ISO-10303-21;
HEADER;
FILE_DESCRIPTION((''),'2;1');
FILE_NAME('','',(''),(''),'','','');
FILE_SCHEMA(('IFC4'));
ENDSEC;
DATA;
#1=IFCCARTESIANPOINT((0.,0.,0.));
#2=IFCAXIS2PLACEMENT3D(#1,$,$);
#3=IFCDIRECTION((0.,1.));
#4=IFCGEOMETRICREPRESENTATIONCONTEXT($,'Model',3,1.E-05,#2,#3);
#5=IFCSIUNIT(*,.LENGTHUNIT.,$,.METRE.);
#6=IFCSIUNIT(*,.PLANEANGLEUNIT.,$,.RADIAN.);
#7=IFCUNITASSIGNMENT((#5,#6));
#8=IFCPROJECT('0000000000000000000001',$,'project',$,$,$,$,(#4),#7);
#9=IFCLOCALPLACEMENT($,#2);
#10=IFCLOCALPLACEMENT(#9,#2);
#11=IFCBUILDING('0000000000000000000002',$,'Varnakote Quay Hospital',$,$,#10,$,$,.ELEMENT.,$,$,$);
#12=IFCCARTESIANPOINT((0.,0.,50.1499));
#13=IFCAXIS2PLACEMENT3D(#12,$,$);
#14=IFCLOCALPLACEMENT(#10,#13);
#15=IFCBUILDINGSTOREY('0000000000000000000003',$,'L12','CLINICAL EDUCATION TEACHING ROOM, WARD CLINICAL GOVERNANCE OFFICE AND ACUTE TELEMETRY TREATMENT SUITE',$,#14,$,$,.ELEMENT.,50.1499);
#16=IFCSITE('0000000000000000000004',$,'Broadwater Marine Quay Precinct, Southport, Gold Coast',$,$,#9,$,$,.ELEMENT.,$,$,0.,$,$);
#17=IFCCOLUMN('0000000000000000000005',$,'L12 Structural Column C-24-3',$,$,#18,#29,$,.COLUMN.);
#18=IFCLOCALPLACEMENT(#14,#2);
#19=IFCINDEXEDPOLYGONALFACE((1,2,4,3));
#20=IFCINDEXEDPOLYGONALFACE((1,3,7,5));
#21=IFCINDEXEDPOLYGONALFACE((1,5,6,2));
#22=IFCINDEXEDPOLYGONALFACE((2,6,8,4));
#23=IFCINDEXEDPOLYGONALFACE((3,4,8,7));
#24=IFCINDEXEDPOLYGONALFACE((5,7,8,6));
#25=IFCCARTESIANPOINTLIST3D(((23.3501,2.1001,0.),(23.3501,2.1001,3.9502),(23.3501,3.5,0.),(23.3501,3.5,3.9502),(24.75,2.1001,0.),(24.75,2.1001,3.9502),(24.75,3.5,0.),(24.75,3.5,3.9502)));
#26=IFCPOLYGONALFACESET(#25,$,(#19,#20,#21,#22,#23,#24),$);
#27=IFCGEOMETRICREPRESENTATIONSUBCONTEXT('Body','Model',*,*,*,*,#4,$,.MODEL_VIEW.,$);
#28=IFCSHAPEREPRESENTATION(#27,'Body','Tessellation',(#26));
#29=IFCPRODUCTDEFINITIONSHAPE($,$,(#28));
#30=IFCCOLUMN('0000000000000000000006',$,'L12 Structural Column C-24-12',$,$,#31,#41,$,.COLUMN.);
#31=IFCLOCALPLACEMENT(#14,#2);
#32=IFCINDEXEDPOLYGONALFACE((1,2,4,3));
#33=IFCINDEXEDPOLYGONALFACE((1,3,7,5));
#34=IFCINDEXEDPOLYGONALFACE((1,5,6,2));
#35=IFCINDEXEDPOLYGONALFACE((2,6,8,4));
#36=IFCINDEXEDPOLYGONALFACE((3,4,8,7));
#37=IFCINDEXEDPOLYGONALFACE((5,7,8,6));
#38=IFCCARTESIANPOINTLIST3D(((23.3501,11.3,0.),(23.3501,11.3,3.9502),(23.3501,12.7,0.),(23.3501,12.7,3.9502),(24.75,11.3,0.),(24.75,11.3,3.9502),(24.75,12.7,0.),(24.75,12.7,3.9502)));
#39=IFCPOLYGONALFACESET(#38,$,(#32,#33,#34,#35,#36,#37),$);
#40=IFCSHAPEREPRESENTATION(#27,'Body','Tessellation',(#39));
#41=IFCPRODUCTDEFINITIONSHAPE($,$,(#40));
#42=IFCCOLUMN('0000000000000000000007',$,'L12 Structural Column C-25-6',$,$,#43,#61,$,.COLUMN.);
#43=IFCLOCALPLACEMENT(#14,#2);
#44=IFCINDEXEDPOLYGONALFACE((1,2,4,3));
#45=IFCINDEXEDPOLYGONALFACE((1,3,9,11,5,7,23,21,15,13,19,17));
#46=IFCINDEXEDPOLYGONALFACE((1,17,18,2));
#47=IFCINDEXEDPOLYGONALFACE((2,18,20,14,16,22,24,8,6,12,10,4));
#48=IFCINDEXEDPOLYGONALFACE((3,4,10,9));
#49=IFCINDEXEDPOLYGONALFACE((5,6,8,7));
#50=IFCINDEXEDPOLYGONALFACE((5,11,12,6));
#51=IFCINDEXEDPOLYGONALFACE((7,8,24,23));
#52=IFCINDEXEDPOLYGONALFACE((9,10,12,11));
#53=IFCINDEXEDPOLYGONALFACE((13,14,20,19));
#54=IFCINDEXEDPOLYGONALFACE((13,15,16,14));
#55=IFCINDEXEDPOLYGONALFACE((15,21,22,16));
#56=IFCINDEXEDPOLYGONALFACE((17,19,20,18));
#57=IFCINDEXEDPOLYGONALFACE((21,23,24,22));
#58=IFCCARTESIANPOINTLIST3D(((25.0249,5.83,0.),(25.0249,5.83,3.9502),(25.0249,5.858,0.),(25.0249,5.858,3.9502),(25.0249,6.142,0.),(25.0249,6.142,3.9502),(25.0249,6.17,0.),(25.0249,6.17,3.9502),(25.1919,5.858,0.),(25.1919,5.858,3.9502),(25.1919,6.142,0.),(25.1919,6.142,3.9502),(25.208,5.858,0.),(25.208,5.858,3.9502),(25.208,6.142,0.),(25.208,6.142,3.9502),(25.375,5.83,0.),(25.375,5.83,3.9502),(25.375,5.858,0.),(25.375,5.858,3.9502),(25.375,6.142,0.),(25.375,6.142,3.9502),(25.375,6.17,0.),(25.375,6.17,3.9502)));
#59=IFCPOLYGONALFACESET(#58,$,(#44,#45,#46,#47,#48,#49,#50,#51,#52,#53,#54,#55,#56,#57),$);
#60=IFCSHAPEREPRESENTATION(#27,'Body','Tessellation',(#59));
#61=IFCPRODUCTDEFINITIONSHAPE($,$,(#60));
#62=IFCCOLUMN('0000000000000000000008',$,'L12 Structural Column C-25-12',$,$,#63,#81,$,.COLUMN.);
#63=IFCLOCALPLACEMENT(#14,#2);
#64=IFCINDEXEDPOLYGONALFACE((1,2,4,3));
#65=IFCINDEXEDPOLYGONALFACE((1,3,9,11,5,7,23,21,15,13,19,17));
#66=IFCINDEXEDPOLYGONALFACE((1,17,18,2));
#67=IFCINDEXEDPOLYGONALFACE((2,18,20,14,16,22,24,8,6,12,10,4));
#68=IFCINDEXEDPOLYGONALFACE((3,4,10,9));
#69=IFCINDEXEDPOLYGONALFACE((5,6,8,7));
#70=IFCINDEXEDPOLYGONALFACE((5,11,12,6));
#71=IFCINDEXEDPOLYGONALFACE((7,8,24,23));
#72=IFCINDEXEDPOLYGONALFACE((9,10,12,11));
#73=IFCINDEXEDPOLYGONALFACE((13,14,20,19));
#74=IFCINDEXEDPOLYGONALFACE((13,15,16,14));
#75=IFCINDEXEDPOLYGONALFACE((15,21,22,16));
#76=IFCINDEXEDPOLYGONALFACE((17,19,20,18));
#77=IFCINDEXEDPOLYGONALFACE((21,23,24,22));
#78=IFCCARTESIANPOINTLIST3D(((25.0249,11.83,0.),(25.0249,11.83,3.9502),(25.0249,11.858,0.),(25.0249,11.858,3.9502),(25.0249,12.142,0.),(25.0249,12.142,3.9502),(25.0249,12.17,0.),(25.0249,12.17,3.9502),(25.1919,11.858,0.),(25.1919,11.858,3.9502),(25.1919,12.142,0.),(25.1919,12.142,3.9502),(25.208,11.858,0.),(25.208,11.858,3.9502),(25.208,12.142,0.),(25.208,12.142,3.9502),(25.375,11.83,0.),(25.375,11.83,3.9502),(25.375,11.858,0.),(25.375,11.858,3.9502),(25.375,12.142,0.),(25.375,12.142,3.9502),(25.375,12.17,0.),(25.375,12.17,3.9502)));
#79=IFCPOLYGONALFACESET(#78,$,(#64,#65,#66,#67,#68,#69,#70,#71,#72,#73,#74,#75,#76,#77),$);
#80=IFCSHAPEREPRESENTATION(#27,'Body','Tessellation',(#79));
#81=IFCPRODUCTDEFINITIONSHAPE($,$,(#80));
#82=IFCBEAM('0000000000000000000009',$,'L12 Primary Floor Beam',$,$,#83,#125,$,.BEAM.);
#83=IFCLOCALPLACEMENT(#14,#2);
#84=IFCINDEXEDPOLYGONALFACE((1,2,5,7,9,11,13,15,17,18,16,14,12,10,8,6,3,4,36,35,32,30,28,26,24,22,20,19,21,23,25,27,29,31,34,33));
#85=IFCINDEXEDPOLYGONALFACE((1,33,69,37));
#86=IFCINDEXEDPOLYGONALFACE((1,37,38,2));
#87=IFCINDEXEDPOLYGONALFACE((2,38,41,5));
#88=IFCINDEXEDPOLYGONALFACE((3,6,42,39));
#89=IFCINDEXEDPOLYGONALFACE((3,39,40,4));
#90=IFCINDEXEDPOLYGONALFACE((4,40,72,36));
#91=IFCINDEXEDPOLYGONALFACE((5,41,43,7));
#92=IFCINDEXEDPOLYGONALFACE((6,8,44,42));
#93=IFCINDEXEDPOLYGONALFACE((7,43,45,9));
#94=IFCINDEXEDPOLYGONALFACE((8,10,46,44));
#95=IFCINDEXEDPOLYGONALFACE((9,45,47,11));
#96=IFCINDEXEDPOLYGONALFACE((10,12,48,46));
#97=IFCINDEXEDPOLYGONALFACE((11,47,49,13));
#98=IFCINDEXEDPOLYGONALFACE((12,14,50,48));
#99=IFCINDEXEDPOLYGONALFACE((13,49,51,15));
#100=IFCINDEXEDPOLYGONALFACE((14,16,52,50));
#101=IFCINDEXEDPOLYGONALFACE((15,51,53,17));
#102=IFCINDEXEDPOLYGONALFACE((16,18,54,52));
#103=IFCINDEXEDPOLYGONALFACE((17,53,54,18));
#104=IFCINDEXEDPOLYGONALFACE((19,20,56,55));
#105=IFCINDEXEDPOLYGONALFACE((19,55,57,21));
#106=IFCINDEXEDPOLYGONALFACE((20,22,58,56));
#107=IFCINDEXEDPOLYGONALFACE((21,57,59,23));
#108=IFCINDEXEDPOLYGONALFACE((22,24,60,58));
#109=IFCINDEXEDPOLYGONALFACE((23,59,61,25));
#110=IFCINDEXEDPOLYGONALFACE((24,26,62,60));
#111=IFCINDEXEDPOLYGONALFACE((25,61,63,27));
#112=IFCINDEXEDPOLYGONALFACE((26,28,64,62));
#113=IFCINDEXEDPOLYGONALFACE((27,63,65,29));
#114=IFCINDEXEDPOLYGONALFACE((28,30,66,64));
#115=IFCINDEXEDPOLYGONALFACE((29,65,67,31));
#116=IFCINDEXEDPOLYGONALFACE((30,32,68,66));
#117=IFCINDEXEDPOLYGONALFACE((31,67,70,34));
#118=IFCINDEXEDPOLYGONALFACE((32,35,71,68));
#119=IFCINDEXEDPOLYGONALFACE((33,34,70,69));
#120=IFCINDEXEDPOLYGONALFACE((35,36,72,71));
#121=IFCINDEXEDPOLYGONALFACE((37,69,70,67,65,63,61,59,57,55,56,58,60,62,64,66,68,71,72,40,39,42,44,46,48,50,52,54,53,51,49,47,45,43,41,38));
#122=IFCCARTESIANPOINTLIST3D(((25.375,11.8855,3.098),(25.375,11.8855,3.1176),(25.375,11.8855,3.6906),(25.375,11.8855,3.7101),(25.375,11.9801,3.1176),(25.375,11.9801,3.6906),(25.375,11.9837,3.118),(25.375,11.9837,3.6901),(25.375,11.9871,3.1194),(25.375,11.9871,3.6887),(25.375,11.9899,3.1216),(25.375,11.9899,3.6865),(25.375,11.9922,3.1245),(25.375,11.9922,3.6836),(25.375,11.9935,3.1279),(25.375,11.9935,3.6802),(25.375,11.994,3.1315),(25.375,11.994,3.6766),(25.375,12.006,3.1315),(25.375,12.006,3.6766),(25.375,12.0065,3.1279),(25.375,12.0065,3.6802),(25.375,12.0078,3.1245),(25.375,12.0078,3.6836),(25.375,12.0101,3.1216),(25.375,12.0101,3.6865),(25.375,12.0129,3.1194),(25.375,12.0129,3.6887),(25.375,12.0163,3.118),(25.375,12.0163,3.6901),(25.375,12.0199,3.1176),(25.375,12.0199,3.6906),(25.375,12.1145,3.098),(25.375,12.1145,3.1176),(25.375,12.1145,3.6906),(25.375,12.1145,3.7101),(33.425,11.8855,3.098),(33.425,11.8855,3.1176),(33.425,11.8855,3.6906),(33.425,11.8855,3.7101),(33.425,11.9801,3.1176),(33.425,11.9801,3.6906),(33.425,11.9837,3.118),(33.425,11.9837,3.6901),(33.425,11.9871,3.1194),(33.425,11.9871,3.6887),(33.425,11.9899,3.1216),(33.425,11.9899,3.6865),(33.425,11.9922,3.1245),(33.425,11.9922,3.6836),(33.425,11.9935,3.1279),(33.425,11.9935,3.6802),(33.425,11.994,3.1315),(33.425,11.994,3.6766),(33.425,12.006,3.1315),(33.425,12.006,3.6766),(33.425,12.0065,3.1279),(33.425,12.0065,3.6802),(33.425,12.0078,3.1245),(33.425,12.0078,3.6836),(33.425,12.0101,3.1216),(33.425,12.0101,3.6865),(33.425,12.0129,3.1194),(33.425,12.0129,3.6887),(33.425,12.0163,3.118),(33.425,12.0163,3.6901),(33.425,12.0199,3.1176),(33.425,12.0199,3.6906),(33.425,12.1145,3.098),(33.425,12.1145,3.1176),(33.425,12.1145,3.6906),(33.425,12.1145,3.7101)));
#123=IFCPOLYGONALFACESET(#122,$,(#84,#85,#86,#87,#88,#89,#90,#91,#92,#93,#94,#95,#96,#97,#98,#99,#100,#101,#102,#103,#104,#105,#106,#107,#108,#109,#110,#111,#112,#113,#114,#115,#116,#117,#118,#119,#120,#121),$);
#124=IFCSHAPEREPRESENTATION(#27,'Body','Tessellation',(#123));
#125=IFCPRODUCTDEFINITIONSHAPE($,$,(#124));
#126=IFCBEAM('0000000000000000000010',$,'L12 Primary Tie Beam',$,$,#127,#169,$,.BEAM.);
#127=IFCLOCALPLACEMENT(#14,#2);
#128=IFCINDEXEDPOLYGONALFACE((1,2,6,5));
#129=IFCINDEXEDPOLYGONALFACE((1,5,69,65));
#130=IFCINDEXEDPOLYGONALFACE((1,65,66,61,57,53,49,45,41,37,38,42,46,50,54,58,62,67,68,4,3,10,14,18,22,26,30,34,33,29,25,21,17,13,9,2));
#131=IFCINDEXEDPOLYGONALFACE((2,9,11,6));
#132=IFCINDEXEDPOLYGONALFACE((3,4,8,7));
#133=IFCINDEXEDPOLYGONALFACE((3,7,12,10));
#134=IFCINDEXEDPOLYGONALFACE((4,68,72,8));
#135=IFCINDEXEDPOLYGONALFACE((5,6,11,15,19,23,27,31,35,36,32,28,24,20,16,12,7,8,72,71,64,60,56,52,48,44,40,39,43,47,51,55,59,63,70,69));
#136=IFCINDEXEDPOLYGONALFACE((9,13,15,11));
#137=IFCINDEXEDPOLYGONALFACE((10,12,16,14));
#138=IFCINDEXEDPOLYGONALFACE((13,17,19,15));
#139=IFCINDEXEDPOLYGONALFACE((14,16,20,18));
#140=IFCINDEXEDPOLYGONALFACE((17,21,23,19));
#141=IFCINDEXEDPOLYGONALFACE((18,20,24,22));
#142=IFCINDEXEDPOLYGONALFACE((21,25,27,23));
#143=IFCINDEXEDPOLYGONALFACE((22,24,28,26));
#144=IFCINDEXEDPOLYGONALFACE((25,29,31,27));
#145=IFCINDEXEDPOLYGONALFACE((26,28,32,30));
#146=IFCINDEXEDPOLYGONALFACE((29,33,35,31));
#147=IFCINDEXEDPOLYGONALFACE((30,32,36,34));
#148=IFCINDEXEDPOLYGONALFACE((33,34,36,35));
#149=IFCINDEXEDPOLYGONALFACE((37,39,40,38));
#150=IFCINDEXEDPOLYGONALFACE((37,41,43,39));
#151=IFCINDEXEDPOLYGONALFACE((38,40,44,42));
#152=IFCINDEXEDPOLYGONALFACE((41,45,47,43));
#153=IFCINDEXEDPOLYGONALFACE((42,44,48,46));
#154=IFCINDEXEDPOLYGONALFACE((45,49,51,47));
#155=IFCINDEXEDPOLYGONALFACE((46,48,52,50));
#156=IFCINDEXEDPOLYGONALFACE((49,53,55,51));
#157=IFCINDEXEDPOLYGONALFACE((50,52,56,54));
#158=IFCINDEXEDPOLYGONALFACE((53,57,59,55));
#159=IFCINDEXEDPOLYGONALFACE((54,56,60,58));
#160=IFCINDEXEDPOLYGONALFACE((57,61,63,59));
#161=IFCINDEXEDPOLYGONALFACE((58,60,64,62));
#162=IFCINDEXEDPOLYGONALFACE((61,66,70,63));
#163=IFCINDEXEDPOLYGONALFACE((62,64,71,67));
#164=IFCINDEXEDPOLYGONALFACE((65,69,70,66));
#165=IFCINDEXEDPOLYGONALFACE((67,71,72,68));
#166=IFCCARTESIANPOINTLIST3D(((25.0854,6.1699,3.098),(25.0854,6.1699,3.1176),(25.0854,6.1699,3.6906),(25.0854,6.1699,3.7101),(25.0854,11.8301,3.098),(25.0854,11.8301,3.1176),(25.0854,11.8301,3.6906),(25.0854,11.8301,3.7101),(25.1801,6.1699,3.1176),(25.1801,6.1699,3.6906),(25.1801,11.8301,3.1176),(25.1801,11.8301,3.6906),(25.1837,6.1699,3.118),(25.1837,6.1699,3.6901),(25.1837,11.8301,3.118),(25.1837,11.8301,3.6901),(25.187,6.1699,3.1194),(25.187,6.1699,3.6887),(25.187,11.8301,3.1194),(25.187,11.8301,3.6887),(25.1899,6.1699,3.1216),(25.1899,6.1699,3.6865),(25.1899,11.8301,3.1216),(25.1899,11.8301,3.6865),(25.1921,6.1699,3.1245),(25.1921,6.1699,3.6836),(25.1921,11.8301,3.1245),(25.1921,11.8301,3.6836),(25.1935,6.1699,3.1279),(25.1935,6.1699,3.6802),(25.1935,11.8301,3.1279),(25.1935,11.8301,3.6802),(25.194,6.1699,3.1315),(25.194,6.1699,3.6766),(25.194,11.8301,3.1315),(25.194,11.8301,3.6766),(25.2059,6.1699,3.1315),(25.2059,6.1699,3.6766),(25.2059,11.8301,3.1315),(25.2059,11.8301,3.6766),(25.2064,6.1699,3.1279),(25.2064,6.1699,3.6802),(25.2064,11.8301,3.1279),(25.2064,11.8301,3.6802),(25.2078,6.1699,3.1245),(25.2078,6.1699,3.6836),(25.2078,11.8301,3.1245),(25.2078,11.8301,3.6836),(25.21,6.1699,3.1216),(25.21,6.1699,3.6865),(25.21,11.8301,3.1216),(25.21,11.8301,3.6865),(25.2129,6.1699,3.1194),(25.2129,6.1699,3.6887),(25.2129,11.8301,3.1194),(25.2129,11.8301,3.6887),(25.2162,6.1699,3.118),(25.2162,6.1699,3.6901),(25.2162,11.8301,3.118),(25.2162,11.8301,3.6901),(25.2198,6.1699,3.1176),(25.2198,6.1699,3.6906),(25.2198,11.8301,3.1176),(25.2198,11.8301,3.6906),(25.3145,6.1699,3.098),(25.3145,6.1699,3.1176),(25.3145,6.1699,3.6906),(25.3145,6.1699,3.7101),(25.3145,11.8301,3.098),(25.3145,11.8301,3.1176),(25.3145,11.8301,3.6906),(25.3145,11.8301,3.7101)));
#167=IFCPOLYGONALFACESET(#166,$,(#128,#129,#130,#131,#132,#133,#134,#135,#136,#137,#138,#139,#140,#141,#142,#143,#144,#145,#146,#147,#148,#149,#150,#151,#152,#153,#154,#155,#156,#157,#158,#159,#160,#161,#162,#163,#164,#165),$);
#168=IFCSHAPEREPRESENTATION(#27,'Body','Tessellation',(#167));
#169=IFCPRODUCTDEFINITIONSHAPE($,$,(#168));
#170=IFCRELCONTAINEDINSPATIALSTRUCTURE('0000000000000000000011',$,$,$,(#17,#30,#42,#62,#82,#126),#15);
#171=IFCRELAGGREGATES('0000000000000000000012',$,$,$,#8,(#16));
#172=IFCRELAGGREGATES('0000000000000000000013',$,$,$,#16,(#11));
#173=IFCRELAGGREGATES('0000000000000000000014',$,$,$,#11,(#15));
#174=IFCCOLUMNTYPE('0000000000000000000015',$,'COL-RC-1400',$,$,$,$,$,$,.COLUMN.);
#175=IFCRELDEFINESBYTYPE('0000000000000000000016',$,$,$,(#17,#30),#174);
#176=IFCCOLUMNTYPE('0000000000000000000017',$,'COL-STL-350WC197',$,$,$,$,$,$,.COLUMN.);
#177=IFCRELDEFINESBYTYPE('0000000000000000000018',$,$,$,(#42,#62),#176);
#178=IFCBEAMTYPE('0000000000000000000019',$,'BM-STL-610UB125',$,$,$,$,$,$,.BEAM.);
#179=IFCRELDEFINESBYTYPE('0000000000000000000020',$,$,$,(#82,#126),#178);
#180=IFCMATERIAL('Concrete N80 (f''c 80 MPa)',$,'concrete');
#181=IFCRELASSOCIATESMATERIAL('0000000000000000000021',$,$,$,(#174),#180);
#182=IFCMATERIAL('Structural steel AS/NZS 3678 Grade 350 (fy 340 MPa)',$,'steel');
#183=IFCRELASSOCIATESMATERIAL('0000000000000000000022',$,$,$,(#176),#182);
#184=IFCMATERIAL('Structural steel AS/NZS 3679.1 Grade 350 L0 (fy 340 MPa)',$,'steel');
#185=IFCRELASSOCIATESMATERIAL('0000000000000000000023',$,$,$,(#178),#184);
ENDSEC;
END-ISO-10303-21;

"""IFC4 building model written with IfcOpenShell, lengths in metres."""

from ifc_helpers import new_model, si_unit, direction, frame, origin, origin_2d, place, context, subcontext, project, spatial, rectangle, i_section, extrude, material, material_profile, profile_set, type_object, element, save


model = new_model("IFC4")

# Units and contexts
model_context = context("Model", 3, precision=1e-05, world=origin(), true_north=direction((0.0, 1.0)))
body_context = subcontext(model_context, "Body", "Model", "MODEL_VIEW")
ifc_project = project(units=[si_unit("LENGTHUNIT", "METRE"), si_unit("PLANEANGLEUNIT", "RADIAN")], contexts=[model_context])

# Site, building, storey
site_placement = place(None, origin())
site = spatial("IfcSite", under=ifc_project, at=site_placement, Name="Broadwater Marine Quay Precinct, Southport, Gold Coast", CompositionType="ELEMENT", RefElevation=0.0)
building_placement = place(site_placement, origin())
building = spatial("IfcBuilding", under=site, at=building_placement, Name="Varnakote Quay Hospital", CompositionType="ELEMENT")
storey_placement = place(building_placement, frame((0.0, 0.0, 50.1499)))
storey = spatial("IfcBuildingStorey", under=building, at=storey_placement, Name="L12", Description="CLINICAL EDUCATION TEACHING ROOM, WARD CLINICAL GOVERNANCE OFFICE AND ACUTE TELEMETRY TREATMENT SUITE", CompositionType="ELEMENT", Elevation=50.1499)

# Columns
ifc_material_1 = material(Name="Concrete N80 (f'c 80 MPa)", Category="concrete")
ifc_material_profile_1 = material_profile(ifc_material_1, rectangle(XDim=1.3999, YDim=1.3999, at=origin_2d()), Name="RC-COL-1400x1400")
ifc_profile_set_1 = profile_set([ifc_material_profile_1], Name="Concrete N80 (f'c 80 MPa)")
column_type_1 = type_object("IfcColumnType", Name="COL-RC-1400", PredefinedType="COLUMN", material=ifc_profile_set_1)
for number, where, z_axis, x_axis, name in (
    (1, (24.05, 2.8, 0.0), (0.0, 0.0, 1.0), (1.0, 0.0, 0.0), "L12 Structural Column C-24-3"),
    (2, (24.05, 12.0, 0.0), (0.0, 0.0, 1.0), (1.0, 0.0, 0.0), "L12 Structural Column C-24-12"),
):
    element("IfcColumn", number, at=place(storey_placement, frame(where, z_axis=z_axis, x_axis=x_axis)), inside=storey, type_object=column_type_1, Name=name, PredefinedType="COLUMN", context=body_context, shape_type="SweptSolid", body=[
        extrude(rectangle(XDim=1.3999, YDim=1.3999, at=origin_2d()), origin(), (0.0, 0.0, 1.0), 3.9502),
    ])
ifc_material_2 = material(Name="Structural steel AS/NZS 3678 Grade 350 (fy 340 MPa)", Category="steel")
ifc_material_profile_2 = material_profile(ifc_material_2, i_section(OverallWidth=0.3501, OverallDepth=0.3401, WebThickness=0.0161, FlangeThickness=0.0281, at=origin_2d()), Name="350WC197")
ifc_profile_set_2 = profile_set([ifc_material_profile_2], Name="Structural steel AS/NZS 3678 Grade 350 (fy 340 MPa)")
column_type_2 = type_object("IfcColumnType", Name="COL-STL-350WC197", PredefinedType="COLUMN", material=ifc_profile_set_2)
for number, where, z_axis, x_axis, name in (
    (3, (25.2, 6.0, 0.0), (0.0, 0.0, 1.0), (1.0, 0.0, 0.0), "L12 Structural Column C-25-6"),
    (4, (25.2, 12.0, 0.0), (0.0, 0.0, 1.0), (1.0, 0.0, 0.0), "L12 Structural Column C-25-12"),
):
    element("IfcColumn", number, at=place(storey_placement, frame(where, z_axis=z_axis, x_axis=x_axis)), inside=storey, type_object=column_type_2, Name=name, PredefinedType="COLUMN", context=body_context, shape_type="SweptSolid", body=[
        extrude(i_section(OverallWidth=0.3501, OverallDepth=0.3401, WebThickness=0.0161, FlangeThickness=0.0281, at=origin_2d()), origin(), (0.0, 0.0, 1.0), 3.9502),
    ])

# Beams
ifc_material_3 = material(Name="Structural steel AS/NZS 3679.1 Grade 350 L0 (fy 340 MPa)", Category="steel")
ifc_material_profile_3 = material_profile(ifc_material_3, i_section(OverallWidth=0.229, OverallDepth=0.6121, WebThickness=0.012, FlangeThickness=0.0195, FilletRadius=0.0139, at=origin_2d()), Name="610UB125")
ifc_profile_set_3 = profile_set([ifc_material_profile_3], Name="Structural steel AS/NZS 3679.1 Grade 350 L0 (fy 340 MPa)")
beam_type_1 = type_object("IfcBeamType", Name="BM-STL-610UB125", PredefinedType="BEAM", material=ifc_profile_set_3)
beam_1_placement = place(storey_placement, frame((25.375, 12.0, 3.4041), z_axis=(1.0, 0.0, 0.0), x_axis=(0.0, 1.0, 0.0)))
element("IfcBeam", 5, at=beam_1_placement, inside=storey, type_object=beam_type_1, Name="L12 Primary Floor Beam", PredefinedType="BEAM", context=body_context, shape_type="SweptSolid", body=[
    extrude(i_section(OverallWidth=0.229, OverallDepth=0.6121, WebThickness=0.012, FlangeThickness=0.0195, FilletRadius=0.0139, at=origin_2d()), origin(), (0.0, 0.0, 1.0), 8.05),
])
beam_2_placement = place(storey_placement, frame((25.2, 6.1699, 3.4041), z_axis=(0.0, 1.0, 0.0), x_axis=(-1.0, 0.0, 0.0)))
element("IfcBeam", 6, at=beam_2_placement, inside=storey, type_object=beam_type_1, Name="L12 Primary Tie Beam", PredefinedType="BEAM", context=body_context, shape_type="SweptSolid", body=[
    extrude(i_section(OverallWidth=0.229, OverallDepth=0.6121, WebThickness=0.012, FlangeThickness=0.0195, FilletRadius=0.0139, at=origin_2d()), origin(), (0.0, 0.0, 1.0), 5.6602),
])

save(model, "model.ifc")
